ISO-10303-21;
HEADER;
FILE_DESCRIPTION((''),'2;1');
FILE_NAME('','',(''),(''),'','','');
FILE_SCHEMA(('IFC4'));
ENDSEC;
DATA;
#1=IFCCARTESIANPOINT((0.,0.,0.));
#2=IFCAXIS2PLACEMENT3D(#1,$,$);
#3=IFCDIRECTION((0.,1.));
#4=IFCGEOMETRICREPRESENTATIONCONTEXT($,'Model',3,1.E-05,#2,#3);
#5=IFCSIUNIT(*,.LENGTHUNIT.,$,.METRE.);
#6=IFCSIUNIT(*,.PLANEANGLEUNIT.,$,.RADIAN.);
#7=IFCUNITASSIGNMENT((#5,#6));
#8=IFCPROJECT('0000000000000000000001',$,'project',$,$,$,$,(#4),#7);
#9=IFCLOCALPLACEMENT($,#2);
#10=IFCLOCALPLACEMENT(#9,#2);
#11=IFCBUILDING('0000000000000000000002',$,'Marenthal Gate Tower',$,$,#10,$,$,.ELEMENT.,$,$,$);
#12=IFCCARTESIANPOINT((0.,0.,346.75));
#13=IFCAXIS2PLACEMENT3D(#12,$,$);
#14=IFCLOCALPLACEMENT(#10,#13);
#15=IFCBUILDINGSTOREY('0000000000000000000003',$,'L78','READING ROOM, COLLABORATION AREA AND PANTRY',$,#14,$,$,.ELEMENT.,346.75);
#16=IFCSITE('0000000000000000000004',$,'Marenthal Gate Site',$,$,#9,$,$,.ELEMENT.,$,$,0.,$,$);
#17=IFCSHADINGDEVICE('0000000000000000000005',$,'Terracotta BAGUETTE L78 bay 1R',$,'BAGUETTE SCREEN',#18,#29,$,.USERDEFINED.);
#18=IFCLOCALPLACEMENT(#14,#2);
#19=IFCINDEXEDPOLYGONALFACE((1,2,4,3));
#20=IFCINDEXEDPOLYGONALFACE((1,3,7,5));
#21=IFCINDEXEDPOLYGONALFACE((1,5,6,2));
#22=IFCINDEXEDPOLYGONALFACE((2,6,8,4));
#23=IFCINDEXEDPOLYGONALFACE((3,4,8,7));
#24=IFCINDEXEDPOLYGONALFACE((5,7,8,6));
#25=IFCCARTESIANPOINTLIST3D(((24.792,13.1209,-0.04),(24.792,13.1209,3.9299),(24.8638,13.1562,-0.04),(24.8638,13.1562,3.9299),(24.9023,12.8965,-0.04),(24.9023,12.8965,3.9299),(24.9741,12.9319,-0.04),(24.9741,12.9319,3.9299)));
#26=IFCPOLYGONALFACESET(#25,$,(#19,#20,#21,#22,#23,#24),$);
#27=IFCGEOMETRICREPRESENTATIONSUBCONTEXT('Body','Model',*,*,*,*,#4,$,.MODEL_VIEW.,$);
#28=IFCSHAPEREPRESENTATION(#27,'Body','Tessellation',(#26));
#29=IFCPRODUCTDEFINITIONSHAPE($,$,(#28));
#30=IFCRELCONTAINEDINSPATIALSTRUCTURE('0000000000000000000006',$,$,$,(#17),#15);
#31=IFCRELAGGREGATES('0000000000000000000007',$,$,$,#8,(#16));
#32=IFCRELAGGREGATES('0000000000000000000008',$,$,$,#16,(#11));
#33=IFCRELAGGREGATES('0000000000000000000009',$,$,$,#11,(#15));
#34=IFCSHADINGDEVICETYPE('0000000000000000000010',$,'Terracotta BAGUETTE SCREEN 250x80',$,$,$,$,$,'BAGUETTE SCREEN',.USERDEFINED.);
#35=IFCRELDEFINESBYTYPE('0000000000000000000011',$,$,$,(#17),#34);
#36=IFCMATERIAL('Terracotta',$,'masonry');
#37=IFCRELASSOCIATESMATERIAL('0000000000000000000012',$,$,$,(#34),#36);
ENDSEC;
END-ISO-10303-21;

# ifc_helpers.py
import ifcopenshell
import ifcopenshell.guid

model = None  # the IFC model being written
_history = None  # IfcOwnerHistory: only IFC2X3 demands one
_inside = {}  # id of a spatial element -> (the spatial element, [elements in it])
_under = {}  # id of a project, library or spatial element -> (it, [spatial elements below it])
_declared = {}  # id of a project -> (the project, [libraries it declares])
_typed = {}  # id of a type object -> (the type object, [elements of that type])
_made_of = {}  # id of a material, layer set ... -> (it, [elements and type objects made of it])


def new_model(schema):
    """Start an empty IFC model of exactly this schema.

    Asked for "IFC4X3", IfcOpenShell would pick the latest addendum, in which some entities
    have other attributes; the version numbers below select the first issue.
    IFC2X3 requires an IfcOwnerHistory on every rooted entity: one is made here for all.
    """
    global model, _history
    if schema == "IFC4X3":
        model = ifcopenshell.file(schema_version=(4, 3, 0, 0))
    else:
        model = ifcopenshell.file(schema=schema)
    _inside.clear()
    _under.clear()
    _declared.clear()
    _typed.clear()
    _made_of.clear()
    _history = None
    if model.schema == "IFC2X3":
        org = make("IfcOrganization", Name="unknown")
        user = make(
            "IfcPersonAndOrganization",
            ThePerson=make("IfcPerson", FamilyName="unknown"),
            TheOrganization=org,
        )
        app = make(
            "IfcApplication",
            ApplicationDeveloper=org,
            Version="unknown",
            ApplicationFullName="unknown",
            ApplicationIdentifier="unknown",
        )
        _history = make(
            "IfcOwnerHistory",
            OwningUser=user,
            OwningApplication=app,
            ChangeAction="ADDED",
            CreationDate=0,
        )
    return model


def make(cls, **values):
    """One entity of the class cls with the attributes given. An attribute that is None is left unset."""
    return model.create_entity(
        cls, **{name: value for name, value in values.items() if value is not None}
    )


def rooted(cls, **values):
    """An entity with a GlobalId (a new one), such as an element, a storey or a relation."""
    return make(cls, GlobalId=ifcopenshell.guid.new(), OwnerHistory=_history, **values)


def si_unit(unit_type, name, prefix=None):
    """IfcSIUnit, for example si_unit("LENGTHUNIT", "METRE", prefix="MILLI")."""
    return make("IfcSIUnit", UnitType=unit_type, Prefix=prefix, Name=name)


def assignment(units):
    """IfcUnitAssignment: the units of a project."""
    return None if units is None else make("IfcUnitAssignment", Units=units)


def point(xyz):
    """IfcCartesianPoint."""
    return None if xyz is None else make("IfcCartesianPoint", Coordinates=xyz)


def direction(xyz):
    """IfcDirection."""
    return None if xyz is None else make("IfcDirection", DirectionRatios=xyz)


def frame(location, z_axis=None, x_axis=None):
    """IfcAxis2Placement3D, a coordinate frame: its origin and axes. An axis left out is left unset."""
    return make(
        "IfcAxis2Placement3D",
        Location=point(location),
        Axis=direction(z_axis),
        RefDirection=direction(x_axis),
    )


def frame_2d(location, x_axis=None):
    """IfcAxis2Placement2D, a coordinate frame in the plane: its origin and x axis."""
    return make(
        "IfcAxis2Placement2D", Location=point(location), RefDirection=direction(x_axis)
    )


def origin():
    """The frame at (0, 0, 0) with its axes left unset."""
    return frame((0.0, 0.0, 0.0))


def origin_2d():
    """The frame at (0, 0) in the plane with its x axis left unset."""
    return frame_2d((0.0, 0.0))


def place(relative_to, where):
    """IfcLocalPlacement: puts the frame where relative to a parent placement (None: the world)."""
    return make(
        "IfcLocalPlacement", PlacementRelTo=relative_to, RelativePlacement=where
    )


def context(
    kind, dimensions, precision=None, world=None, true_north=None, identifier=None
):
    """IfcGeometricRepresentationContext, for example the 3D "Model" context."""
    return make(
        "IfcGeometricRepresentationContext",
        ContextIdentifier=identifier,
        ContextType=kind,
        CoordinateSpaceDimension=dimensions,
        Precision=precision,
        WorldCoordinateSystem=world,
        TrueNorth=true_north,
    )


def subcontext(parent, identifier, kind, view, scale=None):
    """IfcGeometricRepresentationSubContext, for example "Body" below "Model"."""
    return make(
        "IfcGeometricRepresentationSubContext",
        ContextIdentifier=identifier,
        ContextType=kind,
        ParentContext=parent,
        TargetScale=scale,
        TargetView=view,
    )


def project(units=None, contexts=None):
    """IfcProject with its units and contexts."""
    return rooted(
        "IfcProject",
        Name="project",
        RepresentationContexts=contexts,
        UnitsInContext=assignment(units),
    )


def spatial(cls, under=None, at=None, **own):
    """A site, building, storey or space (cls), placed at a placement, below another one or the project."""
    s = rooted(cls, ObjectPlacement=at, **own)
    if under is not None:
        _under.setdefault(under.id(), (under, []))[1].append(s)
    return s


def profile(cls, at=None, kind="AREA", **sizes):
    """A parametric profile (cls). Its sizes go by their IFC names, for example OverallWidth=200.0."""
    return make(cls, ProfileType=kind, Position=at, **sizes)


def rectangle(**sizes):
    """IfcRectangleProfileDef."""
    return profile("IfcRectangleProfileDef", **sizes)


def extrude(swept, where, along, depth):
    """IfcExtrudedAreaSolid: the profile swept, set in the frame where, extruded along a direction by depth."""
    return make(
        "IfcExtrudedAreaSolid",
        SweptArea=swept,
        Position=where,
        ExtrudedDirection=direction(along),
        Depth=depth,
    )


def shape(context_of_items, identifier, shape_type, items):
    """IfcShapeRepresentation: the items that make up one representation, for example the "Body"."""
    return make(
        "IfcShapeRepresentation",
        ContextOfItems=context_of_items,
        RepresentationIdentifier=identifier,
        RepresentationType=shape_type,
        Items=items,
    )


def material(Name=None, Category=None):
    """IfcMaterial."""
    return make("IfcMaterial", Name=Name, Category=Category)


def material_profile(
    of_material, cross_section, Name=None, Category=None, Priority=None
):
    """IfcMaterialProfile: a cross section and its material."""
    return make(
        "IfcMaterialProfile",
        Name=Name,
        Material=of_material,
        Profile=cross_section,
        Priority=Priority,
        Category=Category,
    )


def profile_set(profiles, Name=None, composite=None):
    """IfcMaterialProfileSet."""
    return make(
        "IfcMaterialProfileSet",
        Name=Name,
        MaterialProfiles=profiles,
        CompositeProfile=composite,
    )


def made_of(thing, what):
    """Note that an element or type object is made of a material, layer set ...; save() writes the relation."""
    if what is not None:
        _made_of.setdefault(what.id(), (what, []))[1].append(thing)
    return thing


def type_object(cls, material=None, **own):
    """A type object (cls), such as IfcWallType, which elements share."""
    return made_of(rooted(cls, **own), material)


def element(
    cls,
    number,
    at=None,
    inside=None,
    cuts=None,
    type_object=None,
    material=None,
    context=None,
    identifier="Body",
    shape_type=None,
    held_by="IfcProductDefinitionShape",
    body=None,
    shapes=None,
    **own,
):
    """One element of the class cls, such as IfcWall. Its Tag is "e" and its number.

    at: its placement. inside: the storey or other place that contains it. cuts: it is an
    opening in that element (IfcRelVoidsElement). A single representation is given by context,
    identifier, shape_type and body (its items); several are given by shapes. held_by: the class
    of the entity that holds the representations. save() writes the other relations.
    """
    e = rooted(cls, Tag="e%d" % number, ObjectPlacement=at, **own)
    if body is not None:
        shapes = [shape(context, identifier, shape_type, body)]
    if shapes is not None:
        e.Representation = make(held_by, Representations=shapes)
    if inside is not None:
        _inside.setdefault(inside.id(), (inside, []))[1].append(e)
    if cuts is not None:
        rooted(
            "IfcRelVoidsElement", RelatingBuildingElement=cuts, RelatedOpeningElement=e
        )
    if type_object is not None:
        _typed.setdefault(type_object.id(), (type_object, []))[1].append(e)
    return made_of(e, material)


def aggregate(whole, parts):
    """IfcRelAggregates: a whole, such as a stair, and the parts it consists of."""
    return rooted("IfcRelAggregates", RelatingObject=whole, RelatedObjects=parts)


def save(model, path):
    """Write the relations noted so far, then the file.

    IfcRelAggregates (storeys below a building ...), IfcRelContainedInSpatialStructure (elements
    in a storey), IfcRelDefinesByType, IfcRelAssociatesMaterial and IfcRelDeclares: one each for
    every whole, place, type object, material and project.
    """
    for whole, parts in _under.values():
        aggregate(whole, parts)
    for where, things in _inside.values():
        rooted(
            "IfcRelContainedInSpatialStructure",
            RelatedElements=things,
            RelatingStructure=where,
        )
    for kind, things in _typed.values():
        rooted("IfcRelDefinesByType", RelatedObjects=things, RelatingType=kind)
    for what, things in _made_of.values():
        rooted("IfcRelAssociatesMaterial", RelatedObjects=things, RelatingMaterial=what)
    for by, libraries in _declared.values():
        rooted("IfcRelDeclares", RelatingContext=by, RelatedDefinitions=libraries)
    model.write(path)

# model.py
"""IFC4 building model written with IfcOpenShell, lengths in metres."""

from ifc_helpers import new_model, si_unit, direction, frame, origin, origin_2d, place, context, subcontext, project, spatial, rectangle, extrude, material, material_profile, profile_set, type_object, element, save


model = new_model("IFC4")

# Units and contexts
model_context = context("Model", 3, precision=1e-05, world=origin(), true_north=direction((0.0, 1.0)))
body_context = subcontext(model_context, "Body", "Model", "MODEL_VIEW")
ifc_project = project(units=[si_unit("LENGTHUNIT", "METRE"), si_unit("PLANEANGLEUNIT", "RADIAN")], contexts=[model_context])

# Site, building, storey
site_placement = place(None, origin())
site = spatial("IfcSite", under=ifc_project, at=site_placement, Name="Marenthal Gate Site", CompositionType="ELEMENT", RefElevation=0.0)
building_placement = place(site_placement, origin())
building = spatial("IfcBuilding", under=site, at=building_placement, Name="Marenthal Gate Tower", CompositionType="ELEMENT")
storey_placement = place(building_placement, frame((0.0, 0.0, 346.75)))
storey = spatial("IfcBuildingStorey", under=building, at=storey_placement, Name="L78", Description="READING ROOM, COLLABORATION AREA AND PANTRY", CompositionType="ELEMENT", Elevation=346.75)

# Shading device
ifc_material_1 = material(Name="Terracotta", Category="masonry")
ifc_material_profile_1 = material_profile(ifc_material_1, rectangle(XDim=0.25, YDim=0.0801, at=origin_2d()), Name="Terracotta baguette 250x80")
ifc_profile_set_1 = profile_set([ifc_material_profile_1], Name="Terracotta")
shading_device_type = type_object("IfcShadingDeviceType", Name="Terracotta BAGUETTE SCREEN 250x80", ElementType="BAGUETTE SCREEN", PredefinedType="USERDEFINED", material=ifc_profile_set_1)
shading_device_placement = place(storey_placement, frame((24.8831, 13.0264, -0.04), z_axis=(0.0, 0.0, 1.0), x_axis=(-0.441181, 0.897418, 0.0)))
element("IfcShadingDevice", 1, at=shading_device_placement, inside=storey, type_object=shading_device_type, Name="Terracotta BAGUETTE L78 bay 1R", ObjectType="BAGUETTE SCREEN", PredefinedType="USERDEFINED", context=body_context, shape_type="SweptSolid", body=[
    extrude(rectangle(XDim=0.25, YDim=0.0801, at=origin_2d()), origin(), (0.0, 0.0, 1.0), 3.97),
])

save(model, "model.ifc")
